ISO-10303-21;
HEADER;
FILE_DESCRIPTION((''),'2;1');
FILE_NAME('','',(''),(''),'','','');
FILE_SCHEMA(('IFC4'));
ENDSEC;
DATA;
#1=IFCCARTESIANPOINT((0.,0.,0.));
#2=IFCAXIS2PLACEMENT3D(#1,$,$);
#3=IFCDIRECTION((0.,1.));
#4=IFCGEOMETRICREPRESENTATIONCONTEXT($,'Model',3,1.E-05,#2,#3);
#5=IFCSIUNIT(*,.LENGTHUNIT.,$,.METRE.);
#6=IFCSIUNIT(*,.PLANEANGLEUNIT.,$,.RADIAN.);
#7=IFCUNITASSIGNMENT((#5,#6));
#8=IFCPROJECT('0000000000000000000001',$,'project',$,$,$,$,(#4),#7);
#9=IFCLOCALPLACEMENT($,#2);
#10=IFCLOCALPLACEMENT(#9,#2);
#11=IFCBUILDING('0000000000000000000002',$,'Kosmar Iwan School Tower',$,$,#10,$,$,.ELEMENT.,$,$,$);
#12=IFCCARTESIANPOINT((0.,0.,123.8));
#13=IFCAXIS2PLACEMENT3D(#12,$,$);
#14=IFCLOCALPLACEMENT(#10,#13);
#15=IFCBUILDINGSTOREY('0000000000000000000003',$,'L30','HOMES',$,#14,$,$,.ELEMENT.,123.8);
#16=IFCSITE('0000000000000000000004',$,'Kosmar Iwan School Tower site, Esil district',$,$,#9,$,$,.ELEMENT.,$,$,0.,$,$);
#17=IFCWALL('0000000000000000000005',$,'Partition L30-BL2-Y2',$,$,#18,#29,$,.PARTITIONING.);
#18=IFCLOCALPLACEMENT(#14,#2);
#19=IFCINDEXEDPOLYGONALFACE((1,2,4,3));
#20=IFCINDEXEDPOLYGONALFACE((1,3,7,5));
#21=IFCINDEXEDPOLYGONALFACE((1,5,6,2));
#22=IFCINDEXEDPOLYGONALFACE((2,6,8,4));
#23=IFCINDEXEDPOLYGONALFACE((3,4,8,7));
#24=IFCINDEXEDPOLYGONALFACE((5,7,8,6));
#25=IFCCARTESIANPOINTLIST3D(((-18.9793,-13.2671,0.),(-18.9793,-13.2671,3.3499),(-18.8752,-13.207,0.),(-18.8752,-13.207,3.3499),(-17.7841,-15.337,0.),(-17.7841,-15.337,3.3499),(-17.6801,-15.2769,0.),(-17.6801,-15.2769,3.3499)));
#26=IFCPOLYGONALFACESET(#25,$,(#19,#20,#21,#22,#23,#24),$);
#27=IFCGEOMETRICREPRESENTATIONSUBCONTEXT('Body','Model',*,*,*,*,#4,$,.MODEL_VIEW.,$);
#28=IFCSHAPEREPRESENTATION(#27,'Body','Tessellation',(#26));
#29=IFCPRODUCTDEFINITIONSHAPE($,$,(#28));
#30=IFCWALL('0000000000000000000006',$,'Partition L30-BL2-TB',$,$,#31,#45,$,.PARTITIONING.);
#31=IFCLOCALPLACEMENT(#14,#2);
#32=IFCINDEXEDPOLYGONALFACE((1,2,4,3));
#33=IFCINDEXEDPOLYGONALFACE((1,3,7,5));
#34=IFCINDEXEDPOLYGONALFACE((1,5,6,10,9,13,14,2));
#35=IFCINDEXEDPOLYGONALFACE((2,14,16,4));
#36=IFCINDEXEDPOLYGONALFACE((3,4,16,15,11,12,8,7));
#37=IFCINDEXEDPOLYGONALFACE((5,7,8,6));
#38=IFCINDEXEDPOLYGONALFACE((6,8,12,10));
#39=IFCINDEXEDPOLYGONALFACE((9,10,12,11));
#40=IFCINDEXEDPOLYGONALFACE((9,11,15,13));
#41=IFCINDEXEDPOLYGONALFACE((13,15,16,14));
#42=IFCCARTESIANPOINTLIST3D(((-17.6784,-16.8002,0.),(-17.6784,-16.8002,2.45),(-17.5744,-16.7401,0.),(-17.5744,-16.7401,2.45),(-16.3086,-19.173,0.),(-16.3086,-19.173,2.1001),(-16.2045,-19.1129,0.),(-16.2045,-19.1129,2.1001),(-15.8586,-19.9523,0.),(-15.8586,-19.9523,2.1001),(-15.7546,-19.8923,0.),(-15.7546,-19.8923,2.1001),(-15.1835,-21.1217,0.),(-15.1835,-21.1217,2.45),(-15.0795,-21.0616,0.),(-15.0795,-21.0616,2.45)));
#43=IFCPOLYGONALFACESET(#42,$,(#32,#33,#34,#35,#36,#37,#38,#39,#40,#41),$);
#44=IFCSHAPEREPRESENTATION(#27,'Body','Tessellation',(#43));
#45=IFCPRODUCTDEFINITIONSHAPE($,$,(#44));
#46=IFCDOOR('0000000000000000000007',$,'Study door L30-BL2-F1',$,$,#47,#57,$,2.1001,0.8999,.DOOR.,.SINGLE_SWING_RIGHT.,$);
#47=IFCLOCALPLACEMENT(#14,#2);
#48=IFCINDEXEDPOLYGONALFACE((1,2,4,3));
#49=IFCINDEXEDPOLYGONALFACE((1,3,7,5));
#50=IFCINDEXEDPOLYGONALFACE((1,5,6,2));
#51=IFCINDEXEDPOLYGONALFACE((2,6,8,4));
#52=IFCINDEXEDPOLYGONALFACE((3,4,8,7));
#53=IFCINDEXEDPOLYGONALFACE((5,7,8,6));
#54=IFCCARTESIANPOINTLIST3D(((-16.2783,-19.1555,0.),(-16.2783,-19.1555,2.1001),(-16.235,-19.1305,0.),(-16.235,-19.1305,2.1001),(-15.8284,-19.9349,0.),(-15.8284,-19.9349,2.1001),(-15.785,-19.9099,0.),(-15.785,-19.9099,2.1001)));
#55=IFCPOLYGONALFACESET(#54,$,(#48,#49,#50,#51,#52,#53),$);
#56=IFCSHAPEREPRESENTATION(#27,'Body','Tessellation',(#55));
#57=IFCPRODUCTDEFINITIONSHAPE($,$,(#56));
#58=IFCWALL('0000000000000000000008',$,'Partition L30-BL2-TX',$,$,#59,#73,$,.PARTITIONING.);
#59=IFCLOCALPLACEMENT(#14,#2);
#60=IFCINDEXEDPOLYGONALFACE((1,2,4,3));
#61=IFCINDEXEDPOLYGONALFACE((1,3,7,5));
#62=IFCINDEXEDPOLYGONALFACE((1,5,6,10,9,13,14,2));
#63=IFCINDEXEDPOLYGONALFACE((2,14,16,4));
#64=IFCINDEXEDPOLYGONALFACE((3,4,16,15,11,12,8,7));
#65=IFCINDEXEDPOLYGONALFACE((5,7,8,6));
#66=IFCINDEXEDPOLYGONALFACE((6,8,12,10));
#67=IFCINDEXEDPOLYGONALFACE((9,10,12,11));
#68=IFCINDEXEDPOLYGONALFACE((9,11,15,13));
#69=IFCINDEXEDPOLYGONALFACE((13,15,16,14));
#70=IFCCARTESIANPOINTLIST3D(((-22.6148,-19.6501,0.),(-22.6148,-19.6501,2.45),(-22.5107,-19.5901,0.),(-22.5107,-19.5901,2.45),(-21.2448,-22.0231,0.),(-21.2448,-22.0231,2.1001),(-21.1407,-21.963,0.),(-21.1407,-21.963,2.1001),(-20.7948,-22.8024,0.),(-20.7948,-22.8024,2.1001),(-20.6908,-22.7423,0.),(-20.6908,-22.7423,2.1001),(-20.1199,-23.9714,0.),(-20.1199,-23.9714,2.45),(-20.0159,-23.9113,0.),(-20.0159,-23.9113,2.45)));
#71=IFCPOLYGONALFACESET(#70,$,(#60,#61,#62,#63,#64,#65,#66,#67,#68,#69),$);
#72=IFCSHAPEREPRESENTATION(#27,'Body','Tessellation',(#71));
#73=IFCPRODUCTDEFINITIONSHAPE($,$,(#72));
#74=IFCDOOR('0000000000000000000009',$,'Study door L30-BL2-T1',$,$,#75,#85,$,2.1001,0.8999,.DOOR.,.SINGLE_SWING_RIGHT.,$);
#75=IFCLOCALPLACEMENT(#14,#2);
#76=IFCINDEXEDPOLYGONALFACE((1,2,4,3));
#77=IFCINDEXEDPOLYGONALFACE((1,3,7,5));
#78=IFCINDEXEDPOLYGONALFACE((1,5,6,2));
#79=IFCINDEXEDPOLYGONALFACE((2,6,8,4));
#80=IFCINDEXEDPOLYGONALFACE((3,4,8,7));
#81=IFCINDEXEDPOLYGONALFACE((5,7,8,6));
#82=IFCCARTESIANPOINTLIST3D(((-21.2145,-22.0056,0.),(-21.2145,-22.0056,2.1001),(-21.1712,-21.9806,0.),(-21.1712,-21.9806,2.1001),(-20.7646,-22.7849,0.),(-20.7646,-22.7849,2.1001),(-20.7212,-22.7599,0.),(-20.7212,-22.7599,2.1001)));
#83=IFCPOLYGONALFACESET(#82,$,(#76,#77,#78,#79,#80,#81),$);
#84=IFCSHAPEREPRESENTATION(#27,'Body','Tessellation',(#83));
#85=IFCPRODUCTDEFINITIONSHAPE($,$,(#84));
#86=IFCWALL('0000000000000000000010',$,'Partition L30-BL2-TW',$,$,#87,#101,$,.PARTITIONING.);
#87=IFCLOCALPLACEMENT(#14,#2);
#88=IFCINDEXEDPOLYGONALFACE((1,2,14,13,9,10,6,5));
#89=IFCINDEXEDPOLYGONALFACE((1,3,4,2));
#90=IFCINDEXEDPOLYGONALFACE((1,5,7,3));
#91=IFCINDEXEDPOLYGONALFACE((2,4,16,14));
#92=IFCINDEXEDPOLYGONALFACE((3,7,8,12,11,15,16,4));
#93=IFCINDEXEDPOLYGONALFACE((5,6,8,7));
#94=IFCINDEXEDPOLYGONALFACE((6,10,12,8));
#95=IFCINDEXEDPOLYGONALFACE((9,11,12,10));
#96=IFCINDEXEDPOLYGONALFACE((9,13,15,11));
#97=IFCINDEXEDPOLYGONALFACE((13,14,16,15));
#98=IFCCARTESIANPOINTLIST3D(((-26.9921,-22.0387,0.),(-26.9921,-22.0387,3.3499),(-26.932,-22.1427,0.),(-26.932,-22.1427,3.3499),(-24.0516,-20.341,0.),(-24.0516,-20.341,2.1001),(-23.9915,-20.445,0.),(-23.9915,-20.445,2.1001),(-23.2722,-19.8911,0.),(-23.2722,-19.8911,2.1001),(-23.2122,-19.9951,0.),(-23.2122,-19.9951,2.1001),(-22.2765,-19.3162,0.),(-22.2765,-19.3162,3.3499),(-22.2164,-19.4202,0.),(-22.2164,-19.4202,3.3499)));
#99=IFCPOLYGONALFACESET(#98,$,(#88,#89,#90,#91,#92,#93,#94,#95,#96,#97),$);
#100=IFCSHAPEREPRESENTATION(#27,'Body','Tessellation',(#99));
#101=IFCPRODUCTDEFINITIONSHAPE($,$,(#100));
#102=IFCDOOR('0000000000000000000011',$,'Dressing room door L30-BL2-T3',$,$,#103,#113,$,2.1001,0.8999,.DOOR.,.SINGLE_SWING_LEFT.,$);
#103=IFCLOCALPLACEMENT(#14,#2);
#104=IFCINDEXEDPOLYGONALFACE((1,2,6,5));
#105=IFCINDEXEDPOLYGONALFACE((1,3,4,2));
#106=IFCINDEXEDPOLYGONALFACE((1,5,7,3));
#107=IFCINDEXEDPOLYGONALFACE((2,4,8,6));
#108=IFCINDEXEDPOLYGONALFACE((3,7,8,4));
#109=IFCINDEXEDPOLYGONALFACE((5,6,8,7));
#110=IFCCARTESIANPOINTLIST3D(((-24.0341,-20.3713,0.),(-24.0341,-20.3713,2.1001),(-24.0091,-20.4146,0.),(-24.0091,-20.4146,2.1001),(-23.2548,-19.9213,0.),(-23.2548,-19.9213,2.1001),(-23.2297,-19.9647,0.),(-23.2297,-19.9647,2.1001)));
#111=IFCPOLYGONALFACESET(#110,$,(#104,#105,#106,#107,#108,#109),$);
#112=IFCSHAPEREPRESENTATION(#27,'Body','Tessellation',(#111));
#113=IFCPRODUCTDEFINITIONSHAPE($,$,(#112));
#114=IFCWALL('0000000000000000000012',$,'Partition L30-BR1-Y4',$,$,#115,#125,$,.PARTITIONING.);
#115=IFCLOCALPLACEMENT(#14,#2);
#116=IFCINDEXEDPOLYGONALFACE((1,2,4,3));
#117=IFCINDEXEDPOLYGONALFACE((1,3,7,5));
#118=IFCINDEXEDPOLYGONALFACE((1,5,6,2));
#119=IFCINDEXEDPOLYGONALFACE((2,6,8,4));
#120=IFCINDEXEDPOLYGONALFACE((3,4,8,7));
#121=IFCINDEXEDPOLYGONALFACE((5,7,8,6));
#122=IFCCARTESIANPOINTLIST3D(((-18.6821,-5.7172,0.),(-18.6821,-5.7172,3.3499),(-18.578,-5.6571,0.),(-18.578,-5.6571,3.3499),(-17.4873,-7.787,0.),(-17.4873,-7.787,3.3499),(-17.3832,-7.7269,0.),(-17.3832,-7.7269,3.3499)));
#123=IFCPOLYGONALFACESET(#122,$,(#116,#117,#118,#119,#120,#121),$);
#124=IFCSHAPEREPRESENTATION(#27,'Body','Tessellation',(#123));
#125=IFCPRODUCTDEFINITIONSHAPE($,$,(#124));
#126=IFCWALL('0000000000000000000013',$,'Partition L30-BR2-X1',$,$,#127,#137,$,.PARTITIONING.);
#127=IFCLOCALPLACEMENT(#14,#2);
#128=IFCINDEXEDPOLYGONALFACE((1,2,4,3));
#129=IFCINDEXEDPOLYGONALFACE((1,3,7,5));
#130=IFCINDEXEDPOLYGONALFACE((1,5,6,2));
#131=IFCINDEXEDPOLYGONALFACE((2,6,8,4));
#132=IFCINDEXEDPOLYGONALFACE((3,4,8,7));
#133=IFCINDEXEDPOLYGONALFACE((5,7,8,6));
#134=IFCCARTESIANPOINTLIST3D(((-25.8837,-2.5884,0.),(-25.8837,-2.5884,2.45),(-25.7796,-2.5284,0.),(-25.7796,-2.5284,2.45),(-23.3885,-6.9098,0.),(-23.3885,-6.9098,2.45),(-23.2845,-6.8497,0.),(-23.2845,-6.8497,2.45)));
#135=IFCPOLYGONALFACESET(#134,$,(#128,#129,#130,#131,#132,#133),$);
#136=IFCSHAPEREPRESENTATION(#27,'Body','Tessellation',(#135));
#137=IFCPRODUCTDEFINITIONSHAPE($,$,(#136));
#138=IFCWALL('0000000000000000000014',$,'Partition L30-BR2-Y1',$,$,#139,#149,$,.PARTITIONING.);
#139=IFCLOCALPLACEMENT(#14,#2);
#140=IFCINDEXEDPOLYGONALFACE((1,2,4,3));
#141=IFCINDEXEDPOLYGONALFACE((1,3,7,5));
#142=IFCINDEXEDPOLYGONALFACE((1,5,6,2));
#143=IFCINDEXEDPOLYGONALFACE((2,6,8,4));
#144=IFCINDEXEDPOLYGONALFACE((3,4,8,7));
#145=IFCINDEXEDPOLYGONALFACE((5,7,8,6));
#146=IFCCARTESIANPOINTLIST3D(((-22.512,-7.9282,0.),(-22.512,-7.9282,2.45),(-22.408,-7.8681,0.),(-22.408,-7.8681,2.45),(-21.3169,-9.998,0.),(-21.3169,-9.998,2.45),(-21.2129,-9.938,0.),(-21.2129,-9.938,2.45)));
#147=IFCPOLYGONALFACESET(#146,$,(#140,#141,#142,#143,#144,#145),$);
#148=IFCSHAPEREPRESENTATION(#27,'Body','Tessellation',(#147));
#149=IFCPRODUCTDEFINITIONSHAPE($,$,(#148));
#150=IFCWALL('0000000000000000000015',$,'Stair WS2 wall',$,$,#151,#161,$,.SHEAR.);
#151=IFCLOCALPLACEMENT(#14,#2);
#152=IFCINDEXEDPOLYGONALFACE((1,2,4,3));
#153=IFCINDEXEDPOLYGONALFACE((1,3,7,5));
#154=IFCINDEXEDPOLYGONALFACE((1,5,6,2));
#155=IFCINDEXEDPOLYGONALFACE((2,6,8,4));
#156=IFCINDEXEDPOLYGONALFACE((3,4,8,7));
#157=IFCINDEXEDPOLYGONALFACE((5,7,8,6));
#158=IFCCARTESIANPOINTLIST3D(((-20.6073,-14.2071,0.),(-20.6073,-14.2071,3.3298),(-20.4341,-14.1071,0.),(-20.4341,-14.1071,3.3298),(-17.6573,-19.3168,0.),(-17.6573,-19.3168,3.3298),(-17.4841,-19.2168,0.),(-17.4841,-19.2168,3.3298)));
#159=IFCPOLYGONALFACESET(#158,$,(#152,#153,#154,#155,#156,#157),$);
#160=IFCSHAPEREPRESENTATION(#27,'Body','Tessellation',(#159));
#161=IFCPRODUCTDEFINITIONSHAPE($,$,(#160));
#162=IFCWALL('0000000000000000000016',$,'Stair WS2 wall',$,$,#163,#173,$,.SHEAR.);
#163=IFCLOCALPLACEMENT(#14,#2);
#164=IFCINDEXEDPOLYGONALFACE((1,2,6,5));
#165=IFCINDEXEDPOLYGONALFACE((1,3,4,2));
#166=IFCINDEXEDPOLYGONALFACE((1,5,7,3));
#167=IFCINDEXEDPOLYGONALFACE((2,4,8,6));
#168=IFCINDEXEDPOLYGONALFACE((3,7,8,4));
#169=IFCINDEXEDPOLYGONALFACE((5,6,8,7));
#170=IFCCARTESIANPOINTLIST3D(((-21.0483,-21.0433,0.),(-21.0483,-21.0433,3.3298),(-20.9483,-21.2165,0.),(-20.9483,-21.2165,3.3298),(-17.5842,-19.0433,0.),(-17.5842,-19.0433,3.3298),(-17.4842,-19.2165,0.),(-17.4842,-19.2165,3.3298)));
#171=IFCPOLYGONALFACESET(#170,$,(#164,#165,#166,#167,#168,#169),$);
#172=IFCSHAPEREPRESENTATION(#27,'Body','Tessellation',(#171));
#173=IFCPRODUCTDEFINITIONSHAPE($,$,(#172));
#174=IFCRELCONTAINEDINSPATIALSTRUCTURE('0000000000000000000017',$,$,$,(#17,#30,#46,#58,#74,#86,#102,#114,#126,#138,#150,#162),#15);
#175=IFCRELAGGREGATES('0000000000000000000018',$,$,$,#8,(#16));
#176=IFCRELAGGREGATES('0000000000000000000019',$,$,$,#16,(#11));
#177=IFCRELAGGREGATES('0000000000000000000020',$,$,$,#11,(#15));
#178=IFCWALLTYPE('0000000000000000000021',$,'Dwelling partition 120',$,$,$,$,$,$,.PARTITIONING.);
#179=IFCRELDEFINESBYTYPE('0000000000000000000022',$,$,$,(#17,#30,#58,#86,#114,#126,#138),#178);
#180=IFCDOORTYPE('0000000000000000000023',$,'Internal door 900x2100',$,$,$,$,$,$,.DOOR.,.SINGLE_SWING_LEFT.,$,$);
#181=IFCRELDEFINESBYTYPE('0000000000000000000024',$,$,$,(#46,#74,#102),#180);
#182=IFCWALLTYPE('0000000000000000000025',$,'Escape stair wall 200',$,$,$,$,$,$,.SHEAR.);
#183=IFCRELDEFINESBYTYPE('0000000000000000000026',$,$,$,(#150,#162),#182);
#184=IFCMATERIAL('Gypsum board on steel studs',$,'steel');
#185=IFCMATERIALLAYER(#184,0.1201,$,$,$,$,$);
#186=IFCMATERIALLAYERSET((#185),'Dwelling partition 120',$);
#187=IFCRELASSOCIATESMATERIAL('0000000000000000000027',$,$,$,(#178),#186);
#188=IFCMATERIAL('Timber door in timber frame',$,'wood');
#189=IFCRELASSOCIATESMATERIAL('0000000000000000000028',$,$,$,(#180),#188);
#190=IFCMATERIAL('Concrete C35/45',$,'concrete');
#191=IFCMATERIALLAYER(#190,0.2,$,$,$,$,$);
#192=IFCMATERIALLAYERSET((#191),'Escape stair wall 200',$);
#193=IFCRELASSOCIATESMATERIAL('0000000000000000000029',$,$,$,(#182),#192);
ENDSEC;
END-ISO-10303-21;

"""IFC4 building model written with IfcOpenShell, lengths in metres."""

from ifc_helpers import new_model, si_unit, direction, frame, frame_2d, origin, place, context, subcontext, project, spatial, rectangle, extrude, material, layer, layer_set, type_object, element, fill, save


model = new_model("IFC4")

# Units and contexts
model_context = context("Model", 3, precision=1e-05, world=origin(), true_north=direction((0.0, 1.0)))
body_context = subcontext(model_context, "Body", "Model", "MODEL_VIEW")
ifc_project = project(units=[si_unit("LENGTHUNIT", "METRE"), si_unit("PLANEANGLEUNIT", "RADIAN")], contexts=[model_context])

# Site, building, storey
site_placement = place(None, origin())
site = spatial("IfcSite", under=ifc_project, at=site_placement, Name="Kosmar Iwan School Tower site, Esil district", CompositionType="ELEMENT", RefElevation=0.0)
building_placement = place(site_placement, origin())
building = spatial("IfcBuilding", under=site, at=building_placement, Name="Kosmar Iwan School Tower", CompositionType="ELEMENT")
storey_placement = place(building_placement, frame((0.0, 0.0, 123.8)))
storey = spatial("IfcBuildingStorey", under=building, at=storey_placement, Name="L30", Description="HOMES", CompositionType="ELEMENT", Elevation=123.8)

# Wall
ifc_material_1 = material(Name="Gypsum board on steel studs", Category="steel")
ifc_layer_1 = layer(ifc_material_1, 0.1201)
ifc_layer_set_1 = layer_set([ifc_layer_1], Name="Dwelling partition 120")
wall_type_1 = type_object("IfcWallType", Name="Dwelling partition 120", PredefinedType="PARTITIONING", material=ifc_layer_set_1)
for number, where, z_axis, x_axis, name in (
    (1, (-18.9272, -13.2371, 0.0), (0.0, 0.0, 1.0), (0.500017, -0.866015, 0.0), "Partition L30-BL2-Y2"),
):
    element("IfcWall", number, at=place(storey_placement, frame(where, z_axis=z_axis, x_axis=x_axis)), inside=storey, type_object=wall_type_1, Name=name, PredefinedType="PARTITIONING", context=body_context, shape_type="SweptSolid", body=[
        extrude(rectangle(XDim=2.3901, YDim=0.1201, at=frame_2d((1.1951, 0.0))), origin(), (0.0, 0.0, 1.0), 3.3499),
    ])

# Walls, openings, doors
wall_1_placement = place(storey_placement, frame((-17.6265, -16.77, 0.0), z_axis=(0.0, 0.0, 1.0), x_axis=(0.499975, -0.86604, 0.0)))
wall_1 = element("IfcWall", 2, at=wall_1_placement, inside=storey, type_object=wall_type_1, Name="Partition L30-BL2-TB", PredefinedType="PARTITIONING", context=body_context, shape_type="SweptSolid", body=[
    extrude(rectangle(XDim=4.99, YDim=0.1201, at=frame_2d((2.4951, 0.0))), origin(), (0.0, 0.0, 1.0), 2.45),
])
opening_1_placement = place(wall_1_placement, frame((2.74, 0.0, 0.0)))
opening_1 = element("IfcOpeningElement", 3, at=opening_1_placement, cuts=wall_1, PredefinedType="OPENING", context=body_context, shape_type="SweptSolid", body=[
    extrude(rectangle(XDim=0.8999, YDim=2.1001, at=frame_2d((0.45, 1.05))), frame((0.0, 0.072, 0.0), z_axis=(0.0, -1.0, 0.0), x_axis=(1.0, 0.0, 0.0)), (0.0, 0.0, 1.0), 0.144),
])
ifc_material_2 = material(Name="Timber door in timber frame", Category="wood")
door_type_1 = type_object("IfcDoorType", Name="Internal door 900x2100", OperationType="SINGLE_SWING_LEFT", PredefinedType="DOOR", material=ifc_material_2)
door_1_placement = place(opening_1_placement, origin())
door_1 = element("IfcDoor", 4, at=door_1_placement, inside=storey, type_object=door_type_1, Name="Study door L30-BL2-F1", OperationType="SINGLE_SWING_RIGHT", OverallHeight=2.1001, OverallWidth=0.8999, PredefinedType="DOOR", context=body_context, shape_type="SweptSolid", body=[
    extrude(rectangle(XDim=0.8999, YDim=2.1001, at=frame_2d((0.45, 1.05))), frame((0.0, 0.0249, 0.0), z_axis=(0.0, -1.0, 0.0), x_axis=(1.0, 0.0, 0.0)), (0.0, 0.0, 1.0), 0.05),
])
fill(opening_1, door_1)
wall_2_placement = place(storey_placement, frame((-22.5627, -19.6201, 0.0), z_axis=(0.0, 0.0, 1.0), x_axis=(0.499996, -0.866028, 0.0)))
wall_2 = element("IfcWall", 5, at=wall_2_placement, inside=storey, type_object=wall_type_1, Name="Partition L30-BL2-TX", PredefinedType="PARTITIONING", context=body_context, shape_type="SweptSolid", body=[
    extrude(rectangle(XDim=4.9897, YDim=0.1201, at=frame_2d((2.4949, 0.0))), origin(), (0.0, 0.0, 1.0), 2.45),
])
opening_2_placement = place(wall_2_placement, frame((2.74, 0.0, 0.0)))
opening_2 = element("IfcOpeningElement", 6, at=opening_2_placement, cuts=wall_2, PredefinedType="OPENING", context=body_context, shape_type="SweptSolid", body=[
    extrude(rectangle(XDim=0.8999, YDim=2.1001, at=frame_2d((0.45, 1.05))), frame((0.0, 0.072, 0.0), z_axis=(0.0, -1.0, 0.0), x_axis=(1.0, 0.0, 0.0)), (0.0, 0.0, 1.0), 0.144),
])
door_2_placement = place(opening_2_placement, origin())
door_2 = element("IfcDoor", 7, at=door_2_placement, inside=storey, type_object=door_type_1, Name="Study door L30-BL2-T1", OperationType="SINGLE_SWING_RIGHT", OverallHeight=2.1001, OverallWidth=0.8999, PredefinedType="DOOR", context=body_context, shape_type="SweptSolid", body=[
    extrude(rectangle(XDim=0.8999, YDim=2.1001, at=frame_2d((0.45, 1.05))), frame((0.0, 0.0249, 0.0), z_axis=(0.0, -1.0, 0.0), x_axis=(1.0, 0.0, 0.0)), (0.0, 0.0, 1.0), 0.05),
])
fill(opening_2, door_2)
wall_3_placement = place(storey_placement, frame((-22.2463, -19.3682, 0.0), z_axis=(0.0, 0.0, 1.0), x_axis=(-0.866036, -0.499982, 0.0)))
wall_3 = element("IfcWall", 8, at=wall_3_placement, inside=storey, type_object=wall_type_1, Name="Partition L30-BL2-TW", PredefinedType="PARTITIONING", context=body_context, shape_type="SweptSolid", body=[
    extrude(rectangle(XDim=5.4451, YDim=0.1201, at=frame_2d((2.7227, 0.0))), origin(), (0.0, 0.0, 1.0), 3.3499),
])
opening_3_placement = place(wall_3_placement, frame((1.1499, 0.0, 0.0)))
opening_3 = element("IfcOpeningElement", 9, at=opening_3_placement, cuts=wall_3, PredefinedType="OPENING", context=body_context, shape_type="SweptSolid", body=[
    extrude(rectangle(XDim=0.8999, YDim=2.1001, at=frame_2d((0.45, 1.05))), frame((0.0, 0.072, 0.0), z_axis=(0.0, -1.0, 0.0), x_axis=(1.0, 0.0, 0.0)), (0.0, 0.0, 1.0), 0.144),
])
door_3_placement = place(opening_3_placement, origin())
door_3 = element("IfcDoor", 10, at=door_3_placement, inside=storey, type_object=door_type_1, Name="Dressing room door L30-BL2-T3", OperationType="SINGLE_SWING_LEFT", OverallHeight=2.1001, OverallWidth=0.8999, PredefinedType="DOOR", context=body_context, shape_type="SweptSolid", body=[
    extrude(rectangle(XDim=0.8999, YDim=2.1001, at=frame_2d((0.45, 1.05))), frame((0.0, 0.0249, 0.0), z_axis=(0.0, -1.0, 0.0), x_axis=(1.0, 0.0, 0.0)), (0.0, 0.0, 1.0), 0.05),
])
fill(opening_3, door_3)

# Walls
wall_4_placement = place(storey_placement, frame((-17.4353, -7.7568, 0.0), z_axis=(0.0, 0.0, 1.0), x_axis=(-0.499941, 0.86606, 0.0)))
element("IfcWall", 11, at=wall_4_placement, inside=storey, type_object=wall_type_1, Name="Partition L30-BR1-Y4", PredefinedType="PARTITIONING", context=body_context, shape_type="SweptSolid", body=[
    extrude(rectangle(XDim=2.3899, YDim=0.1201, at=frame_2d((1.1948, 0.0))), origin(), (0.0, 0.0, 1.0), 3.3499),
])
wall_5_placement = place(storey_placement, frame((-23.3364, -6.8799, 0.0), z_axis=(0.0, 0.0, 1.0), x_axis=(-0.500033, 0.866006, 0.0)))
element("IfcWall", 12, at=wall_5_placement, inside=storey, type_object=wall_type_1, Name="Partition L30-BR2-X1", PredefinedType="PARTITIONING", context=body_context, shape_type="SweptSolid", body=[
    extrude(rectangle(XDim=4.99, YDim=0.1201, at=frame_2d((2.4951, 0.0))), origin(), (0.0, 0.0, 1.0), 2.45),
])
wall_6_placement = place(storey_placement, frame((-21.2649, -9.968, 0.0), z_axis=(0.0, 0.0, 1.0), x_axis=(-0.500017, 0.866015, 0.0)))
element("IfcWall", 13, at=wall_6_placement, inside=storey, type_object=wall_type_1, Name="Partition L30-BR2-Y1", PredefinedType="PARTITIONING", context=body_context, shape_type="SweptSolid", body=[
    extrude(rectangle(XDim=2.3901, YDim=0.1201, at=frame_2d((1.1951, 0.0))), origin(), (0.0, 0.0, 1.0), 2.45),
])
ifc_material_3 = material(Name="Concrete C35/45", Category="concrete")
ifc_layer_2 = layer(ifc_material_3, 0.2)
ifc_layer_set_2 = layer_set([ifc_layer_2], Name="Escape stair wall 200")
wall_type_2 = type_object("IfcWallType", Name="Escape stair wall 200", PredefinedType="SHEAR", material=ifc_layer_set_2)
wall_7_placement = place(storey_placement, frame((-20.5208, -14.157, 0.0), z_axis=(0.0, 0.0, 1.0), x_axis=(0.499989, -0.866032, 0.0)))
element("IfcWall", 14, at=wall_7_placement, inside=storey, type_object=wall_type_2, Name="Stair WS2 wall", PredefinedType="SHEAR", context=body_context, shape_type="SweptSolid", body=[
    extrude(rectangle(XDim=5.9001, YDim=0.2, at=frame_2d((2.9502, 0.0))), origin(), (0.0, 0.0, 1.0), 3.3298),
])
wall_8_placement = place(storey_placement, frame((-17.5342, -19.1299, 0.0), z_axis=(0.0, 0.0, 1.0), x_axis=(-0.866026, -0.499999, 0.0)))
element("IfcWall", 15, at=wall_8_placement, inside=storey, type_object=wall_type_2, Name="Stair WS2 wall", PredefinedType="SHEAR", context=body_context, shape_type="SweptSolid", body=[
    extrude(rectangle(XDim=4.0, YDim=0.2, at=frame_2d((2.0, 0.0))), origin(), (0.0, 0.0, 1.0), 3.3298),
])

save(model, "model.ifc")
